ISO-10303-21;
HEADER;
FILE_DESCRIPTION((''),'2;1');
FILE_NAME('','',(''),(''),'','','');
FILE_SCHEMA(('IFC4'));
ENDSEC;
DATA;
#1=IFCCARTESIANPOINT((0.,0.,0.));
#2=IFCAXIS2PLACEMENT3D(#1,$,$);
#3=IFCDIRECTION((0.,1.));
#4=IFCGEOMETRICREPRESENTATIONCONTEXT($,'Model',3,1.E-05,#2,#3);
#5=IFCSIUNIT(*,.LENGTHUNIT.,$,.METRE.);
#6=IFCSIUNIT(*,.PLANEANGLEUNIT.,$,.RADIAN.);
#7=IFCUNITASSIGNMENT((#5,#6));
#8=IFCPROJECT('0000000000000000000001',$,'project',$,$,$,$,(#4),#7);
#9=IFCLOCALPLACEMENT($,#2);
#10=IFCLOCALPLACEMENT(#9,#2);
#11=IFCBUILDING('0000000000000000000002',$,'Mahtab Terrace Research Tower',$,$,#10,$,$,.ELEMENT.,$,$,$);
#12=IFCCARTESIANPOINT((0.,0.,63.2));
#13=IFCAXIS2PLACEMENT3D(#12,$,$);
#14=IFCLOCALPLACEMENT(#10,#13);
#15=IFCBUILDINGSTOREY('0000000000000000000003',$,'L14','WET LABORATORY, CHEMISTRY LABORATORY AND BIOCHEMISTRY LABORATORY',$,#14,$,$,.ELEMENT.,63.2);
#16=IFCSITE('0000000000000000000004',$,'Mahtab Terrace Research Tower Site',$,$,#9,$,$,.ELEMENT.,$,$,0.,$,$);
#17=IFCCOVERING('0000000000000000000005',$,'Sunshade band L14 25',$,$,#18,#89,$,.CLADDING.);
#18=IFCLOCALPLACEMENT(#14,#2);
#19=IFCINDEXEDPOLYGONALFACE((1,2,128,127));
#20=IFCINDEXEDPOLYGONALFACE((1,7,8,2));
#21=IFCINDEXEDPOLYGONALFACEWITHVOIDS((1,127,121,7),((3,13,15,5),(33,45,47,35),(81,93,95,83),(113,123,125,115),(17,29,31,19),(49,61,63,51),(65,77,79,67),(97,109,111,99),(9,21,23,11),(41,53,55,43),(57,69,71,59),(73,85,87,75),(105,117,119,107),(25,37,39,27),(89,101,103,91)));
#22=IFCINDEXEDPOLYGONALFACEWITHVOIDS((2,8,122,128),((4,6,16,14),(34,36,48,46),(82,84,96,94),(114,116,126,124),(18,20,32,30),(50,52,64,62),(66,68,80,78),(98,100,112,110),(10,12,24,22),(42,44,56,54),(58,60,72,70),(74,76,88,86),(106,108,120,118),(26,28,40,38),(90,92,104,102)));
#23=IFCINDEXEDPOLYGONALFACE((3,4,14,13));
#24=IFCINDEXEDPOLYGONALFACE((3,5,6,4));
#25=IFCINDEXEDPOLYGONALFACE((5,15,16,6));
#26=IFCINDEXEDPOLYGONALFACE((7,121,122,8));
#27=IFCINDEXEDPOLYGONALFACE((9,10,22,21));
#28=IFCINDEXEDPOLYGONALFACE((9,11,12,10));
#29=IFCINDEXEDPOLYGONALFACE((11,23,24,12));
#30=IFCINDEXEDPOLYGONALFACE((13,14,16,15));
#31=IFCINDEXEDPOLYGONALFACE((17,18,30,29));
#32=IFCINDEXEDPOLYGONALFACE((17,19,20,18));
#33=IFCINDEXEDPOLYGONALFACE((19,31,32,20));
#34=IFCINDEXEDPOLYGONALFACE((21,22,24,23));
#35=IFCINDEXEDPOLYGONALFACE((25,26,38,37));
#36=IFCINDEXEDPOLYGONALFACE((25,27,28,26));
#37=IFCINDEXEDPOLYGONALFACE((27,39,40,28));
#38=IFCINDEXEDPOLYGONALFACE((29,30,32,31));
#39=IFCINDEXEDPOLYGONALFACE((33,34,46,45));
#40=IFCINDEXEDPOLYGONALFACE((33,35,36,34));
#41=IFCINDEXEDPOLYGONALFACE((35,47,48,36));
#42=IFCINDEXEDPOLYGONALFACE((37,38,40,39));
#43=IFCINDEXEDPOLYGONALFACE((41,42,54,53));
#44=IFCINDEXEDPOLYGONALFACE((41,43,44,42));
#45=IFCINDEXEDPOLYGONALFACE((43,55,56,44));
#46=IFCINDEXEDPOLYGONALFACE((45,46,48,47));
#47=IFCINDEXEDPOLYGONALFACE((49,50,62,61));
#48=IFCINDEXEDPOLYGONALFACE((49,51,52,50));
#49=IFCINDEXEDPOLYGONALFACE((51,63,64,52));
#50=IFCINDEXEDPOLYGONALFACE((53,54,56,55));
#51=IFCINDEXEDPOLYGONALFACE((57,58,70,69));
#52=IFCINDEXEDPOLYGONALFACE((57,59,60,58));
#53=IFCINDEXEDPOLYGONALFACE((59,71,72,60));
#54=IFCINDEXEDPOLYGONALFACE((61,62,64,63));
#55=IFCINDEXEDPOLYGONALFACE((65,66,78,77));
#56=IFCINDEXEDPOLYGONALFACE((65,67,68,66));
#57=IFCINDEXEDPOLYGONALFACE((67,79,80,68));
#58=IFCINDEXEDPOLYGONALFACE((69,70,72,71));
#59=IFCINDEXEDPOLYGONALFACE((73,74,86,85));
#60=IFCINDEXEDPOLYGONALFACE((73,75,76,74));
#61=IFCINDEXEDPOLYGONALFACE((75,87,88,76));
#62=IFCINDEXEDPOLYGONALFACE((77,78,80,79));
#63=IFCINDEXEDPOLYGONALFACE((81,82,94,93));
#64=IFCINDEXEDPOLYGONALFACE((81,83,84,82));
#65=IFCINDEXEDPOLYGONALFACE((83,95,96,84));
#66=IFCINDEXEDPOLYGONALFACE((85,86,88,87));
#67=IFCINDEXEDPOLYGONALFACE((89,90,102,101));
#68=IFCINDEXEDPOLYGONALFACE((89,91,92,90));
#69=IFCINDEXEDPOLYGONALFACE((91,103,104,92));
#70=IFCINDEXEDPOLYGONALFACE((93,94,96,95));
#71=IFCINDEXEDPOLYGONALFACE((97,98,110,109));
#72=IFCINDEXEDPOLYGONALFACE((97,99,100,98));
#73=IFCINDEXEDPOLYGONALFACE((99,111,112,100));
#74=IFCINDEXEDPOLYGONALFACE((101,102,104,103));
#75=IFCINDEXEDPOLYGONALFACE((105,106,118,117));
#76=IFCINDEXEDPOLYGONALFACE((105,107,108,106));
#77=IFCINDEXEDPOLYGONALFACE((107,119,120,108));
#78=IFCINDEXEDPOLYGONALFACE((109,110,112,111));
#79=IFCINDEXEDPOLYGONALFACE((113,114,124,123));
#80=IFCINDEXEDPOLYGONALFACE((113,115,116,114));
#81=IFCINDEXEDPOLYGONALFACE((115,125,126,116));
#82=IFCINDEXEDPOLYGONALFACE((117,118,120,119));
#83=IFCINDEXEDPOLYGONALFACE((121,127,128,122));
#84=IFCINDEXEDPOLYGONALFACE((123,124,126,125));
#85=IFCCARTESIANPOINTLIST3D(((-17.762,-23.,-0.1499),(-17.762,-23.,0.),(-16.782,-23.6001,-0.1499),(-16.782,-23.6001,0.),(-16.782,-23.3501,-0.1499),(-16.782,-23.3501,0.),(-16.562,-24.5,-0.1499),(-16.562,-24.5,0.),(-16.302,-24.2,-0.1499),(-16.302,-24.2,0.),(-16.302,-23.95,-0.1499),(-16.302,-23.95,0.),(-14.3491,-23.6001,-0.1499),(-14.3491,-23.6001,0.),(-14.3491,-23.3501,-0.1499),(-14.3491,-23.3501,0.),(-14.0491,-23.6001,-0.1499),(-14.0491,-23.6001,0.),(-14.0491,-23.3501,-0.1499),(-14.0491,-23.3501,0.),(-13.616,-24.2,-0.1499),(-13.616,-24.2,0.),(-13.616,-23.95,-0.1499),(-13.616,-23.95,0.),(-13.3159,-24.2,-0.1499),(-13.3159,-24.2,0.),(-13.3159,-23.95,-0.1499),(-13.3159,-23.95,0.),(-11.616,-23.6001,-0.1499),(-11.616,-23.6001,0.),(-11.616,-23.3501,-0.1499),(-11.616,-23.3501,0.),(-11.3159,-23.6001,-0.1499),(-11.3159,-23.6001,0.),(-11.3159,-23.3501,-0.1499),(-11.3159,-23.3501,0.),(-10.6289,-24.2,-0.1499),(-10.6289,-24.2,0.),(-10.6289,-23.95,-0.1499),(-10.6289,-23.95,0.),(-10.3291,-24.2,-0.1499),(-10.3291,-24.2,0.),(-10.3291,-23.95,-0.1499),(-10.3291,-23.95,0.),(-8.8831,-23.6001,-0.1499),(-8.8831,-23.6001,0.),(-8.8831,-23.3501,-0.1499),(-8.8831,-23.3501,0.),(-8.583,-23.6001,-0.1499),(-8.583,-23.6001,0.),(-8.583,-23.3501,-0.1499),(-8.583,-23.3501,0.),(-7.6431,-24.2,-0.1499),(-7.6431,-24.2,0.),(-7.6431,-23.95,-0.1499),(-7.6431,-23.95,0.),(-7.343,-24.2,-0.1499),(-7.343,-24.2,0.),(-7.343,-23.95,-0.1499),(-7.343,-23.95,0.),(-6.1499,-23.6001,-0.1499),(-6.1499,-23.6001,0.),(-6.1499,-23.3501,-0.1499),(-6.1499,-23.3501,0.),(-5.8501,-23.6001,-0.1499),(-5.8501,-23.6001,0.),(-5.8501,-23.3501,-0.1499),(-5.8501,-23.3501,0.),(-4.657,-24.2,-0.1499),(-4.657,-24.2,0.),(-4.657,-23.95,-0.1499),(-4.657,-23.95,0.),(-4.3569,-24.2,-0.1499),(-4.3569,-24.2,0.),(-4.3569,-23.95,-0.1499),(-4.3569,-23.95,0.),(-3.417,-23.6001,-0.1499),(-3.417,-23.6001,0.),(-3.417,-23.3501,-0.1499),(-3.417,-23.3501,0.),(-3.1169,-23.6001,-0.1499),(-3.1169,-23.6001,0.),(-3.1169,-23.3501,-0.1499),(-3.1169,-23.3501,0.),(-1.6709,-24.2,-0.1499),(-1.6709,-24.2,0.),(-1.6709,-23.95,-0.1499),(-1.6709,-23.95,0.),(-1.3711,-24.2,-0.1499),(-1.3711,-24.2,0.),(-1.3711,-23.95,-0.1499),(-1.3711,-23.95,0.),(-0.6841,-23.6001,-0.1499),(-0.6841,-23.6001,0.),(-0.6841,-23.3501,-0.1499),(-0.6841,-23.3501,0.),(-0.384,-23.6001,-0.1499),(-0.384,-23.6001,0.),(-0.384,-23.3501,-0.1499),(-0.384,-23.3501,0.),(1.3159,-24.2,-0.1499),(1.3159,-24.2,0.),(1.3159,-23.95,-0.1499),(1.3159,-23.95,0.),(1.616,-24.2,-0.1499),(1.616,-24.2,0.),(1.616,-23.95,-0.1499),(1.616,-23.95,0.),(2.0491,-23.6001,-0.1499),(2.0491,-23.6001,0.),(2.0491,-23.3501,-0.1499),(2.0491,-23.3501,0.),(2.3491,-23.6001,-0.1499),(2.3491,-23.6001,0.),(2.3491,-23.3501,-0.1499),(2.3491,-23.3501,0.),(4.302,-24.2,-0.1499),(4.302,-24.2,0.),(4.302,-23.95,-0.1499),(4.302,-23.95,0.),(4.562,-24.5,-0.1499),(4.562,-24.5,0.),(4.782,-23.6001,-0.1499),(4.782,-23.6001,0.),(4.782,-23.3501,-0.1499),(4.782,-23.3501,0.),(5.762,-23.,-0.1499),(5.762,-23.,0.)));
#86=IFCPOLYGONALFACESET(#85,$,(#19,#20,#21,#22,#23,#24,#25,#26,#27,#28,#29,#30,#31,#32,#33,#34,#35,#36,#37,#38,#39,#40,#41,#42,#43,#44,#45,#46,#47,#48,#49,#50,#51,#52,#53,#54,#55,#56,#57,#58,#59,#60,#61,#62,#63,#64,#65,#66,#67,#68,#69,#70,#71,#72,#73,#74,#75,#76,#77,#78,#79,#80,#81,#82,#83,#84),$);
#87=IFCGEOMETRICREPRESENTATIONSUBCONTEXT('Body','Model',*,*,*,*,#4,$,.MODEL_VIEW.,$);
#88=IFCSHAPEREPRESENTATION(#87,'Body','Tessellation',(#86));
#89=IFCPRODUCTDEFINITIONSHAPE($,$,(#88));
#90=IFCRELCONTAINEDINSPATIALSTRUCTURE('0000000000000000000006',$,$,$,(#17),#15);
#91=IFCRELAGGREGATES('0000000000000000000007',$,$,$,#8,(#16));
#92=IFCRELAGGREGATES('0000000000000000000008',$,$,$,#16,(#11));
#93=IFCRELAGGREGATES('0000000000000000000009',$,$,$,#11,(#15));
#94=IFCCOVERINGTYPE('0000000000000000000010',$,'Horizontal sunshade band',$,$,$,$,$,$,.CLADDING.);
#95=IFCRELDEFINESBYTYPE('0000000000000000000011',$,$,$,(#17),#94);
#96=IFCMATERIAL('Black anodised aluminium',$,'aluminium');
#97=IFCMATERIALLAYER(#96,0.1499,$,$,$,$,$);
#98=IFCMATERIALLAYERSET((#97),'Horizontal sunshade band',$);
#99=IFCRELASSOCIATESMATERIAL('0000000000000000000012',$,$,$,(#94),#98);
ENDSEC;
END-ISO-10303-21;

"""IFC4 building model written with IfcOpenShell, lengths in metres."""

from ifc_helpers import new_model, si_unit, direction, frame, origin, place, context, subcontext, project, spatial, polyline, outline, extrude, material, layer, layer_set, type_object, element, save


model = new_model("IFC4")

# Units and contexts
model_context = context("Model", 3, precision=1e-05, world=origin(), true_north=direction((0.0, 1.0)))
body_context = subcontext(model_context, "Body", "Model", "MODEL_VIEW")
ifc_project = project(units=[si_unit("LENGTHUNIT", "METRE"), si_unit("PLANEANGLEUNIT", "RADIAN")], contexts=[model_context])

# Site, building, storey
site_placement = place(None, origin())
site = spatial("IfcSite", under=ifc_project, at=site_placement, Name="Mahtab Terrace Research Tower Site", CompositionType="ELEMENT", RefElevation=0.0)
building_placement = place(site_placement, origin())
building = spatial("IfcBuilding", under=site, at=building_placement, Name="Mahtab Terrace Research Tower", CompositionType="ELEMENT")
storey_placement = place(building_placement, frame((0.0, 0.0, 63.2)))
storey = spatial("IfcBuildingStorey", under=building, at=storey_placement, Name="L14", Description="WET LABORATORY, CHEMISTRY LABORATORY AND BIOCHEMISTRY LABORATORY", CompositionType="ELEMENT", Elevation=63.2)

# Covering
ifc_material_1 = material(Name="Black anodised aluminium", Category="aluminium")
ifc_layer_1 = layer(ifc_material_1, 0.1499)
ifc_layer_set_1 = layer_set([ifc_layer_1], Name="Horizontal sunshade band")
covering_type = type_object("IfcCoveringType", Name="Horizontal sunshade band", PredefinedType="CLADDING", material=ifc_layer_set_1)
covering_1_placement = place(storey_placement, frame((0.0, 0.0, -0.1499)))
element("IfcCovering", 1, at=covering_1_placement, inside=storey, type_object=covering_type, Name="Sunshade band L14 25", PredefinedType="CLADDING", context=body_context, shape_type="SweptSolid", body=[
    extrude(outline(polyline([(-17.762, -23.0), (5.762, -23.0), (4.562, -24.5), (-16.562, -24.5), (-17.762, -23.0)]), holes=[polyline([(-16.782, -23.3501), (-14.3491, -23.3501), (-14.3491, -23.6001), (-16.782, -23.6001), (-16.782, -23.3501)]), polyline([(-14.0491, -23.3501), (-11.616, -23.3501), (-11.616, -23.6001), (-14.0491, -23.6001), (-14.0491, -23.3501)]), polyline([(-11.3159, -23.3501), (-8.8831, -23.3501), (-8.8831, -23.6001), (-11.3159, -23.6001), (-11.3159, -23.3501)]), polyline([(-8.583, -23.3501), (-6.1499, -23.3501), (-6.1499, -23.6001), (-8.583, -23.6001), (-8.583, -23.3501)]), polyline([(-5.8501, -23.3501), (-3.417, -23.3501), (-3.417, -23.6001), (-5.8501, -23.6001), (-5.8501, -23.3501)]), polyline([(-3.1169, -23.3501), (-0.6841, -23.3501), (-0.6841, -23.6001), (-3.1169, -23.6001), (-3.1169, -23.3501)]), polyline([(-0.384, -23.3501), (2.0491, -23.3501), (2.0491, -23.6001), (-0.384, -23.6001), (-0.384, -23.3501)]), polyline([(2.3491, -23.3501), (4.782, -23.3501), (4.782, -23.6001), (2.3491, -23.6001), (2.3491, -23.3501)]), polyline([(-16.302, -23.95), (-13.616, -23.95), (-13.616, -24.2), (-16.302, -24.2), (-16.302, -23.95)]), polyline([(-13.3159, -23.95), (-10.6289, -23.95), (-10.6289, -24.2), (-13.3159, -24.2), (-13.3159, -23.95)]), polyline([(-10.3291, -23.95), (-7.6431, -23.95), (-7.6431, -24.2), (-10.3291, -24.2), (-10.3291, -23.95)]), polyline([(-7.343, -23.95), (-4.657, -23.95), (-4.657, -24.2), (-7.343, -24.2), (-7.343, -23.95)]), polyline([(-4.3569, -23.95), (-1.6709, -23.95), (-1.6709, -24.2), (-4.3569, -24.2), (-4.3569, -23.95)]), polyline([(-1.3711, -23.95), (1.3159, -23.95), (1.3159, -24.2), (-1.3711, -24.2), (-1.3711, -23.95)]), polyline([(1.616, -23.95), (4.302, -23.95), (4.302, -24.2), (1.616, -24.2), (1.616, -23.95)])]), origin(), (0.0, 0.0, 1.0), 0.1499),
])

save(model, "model.ifc")
